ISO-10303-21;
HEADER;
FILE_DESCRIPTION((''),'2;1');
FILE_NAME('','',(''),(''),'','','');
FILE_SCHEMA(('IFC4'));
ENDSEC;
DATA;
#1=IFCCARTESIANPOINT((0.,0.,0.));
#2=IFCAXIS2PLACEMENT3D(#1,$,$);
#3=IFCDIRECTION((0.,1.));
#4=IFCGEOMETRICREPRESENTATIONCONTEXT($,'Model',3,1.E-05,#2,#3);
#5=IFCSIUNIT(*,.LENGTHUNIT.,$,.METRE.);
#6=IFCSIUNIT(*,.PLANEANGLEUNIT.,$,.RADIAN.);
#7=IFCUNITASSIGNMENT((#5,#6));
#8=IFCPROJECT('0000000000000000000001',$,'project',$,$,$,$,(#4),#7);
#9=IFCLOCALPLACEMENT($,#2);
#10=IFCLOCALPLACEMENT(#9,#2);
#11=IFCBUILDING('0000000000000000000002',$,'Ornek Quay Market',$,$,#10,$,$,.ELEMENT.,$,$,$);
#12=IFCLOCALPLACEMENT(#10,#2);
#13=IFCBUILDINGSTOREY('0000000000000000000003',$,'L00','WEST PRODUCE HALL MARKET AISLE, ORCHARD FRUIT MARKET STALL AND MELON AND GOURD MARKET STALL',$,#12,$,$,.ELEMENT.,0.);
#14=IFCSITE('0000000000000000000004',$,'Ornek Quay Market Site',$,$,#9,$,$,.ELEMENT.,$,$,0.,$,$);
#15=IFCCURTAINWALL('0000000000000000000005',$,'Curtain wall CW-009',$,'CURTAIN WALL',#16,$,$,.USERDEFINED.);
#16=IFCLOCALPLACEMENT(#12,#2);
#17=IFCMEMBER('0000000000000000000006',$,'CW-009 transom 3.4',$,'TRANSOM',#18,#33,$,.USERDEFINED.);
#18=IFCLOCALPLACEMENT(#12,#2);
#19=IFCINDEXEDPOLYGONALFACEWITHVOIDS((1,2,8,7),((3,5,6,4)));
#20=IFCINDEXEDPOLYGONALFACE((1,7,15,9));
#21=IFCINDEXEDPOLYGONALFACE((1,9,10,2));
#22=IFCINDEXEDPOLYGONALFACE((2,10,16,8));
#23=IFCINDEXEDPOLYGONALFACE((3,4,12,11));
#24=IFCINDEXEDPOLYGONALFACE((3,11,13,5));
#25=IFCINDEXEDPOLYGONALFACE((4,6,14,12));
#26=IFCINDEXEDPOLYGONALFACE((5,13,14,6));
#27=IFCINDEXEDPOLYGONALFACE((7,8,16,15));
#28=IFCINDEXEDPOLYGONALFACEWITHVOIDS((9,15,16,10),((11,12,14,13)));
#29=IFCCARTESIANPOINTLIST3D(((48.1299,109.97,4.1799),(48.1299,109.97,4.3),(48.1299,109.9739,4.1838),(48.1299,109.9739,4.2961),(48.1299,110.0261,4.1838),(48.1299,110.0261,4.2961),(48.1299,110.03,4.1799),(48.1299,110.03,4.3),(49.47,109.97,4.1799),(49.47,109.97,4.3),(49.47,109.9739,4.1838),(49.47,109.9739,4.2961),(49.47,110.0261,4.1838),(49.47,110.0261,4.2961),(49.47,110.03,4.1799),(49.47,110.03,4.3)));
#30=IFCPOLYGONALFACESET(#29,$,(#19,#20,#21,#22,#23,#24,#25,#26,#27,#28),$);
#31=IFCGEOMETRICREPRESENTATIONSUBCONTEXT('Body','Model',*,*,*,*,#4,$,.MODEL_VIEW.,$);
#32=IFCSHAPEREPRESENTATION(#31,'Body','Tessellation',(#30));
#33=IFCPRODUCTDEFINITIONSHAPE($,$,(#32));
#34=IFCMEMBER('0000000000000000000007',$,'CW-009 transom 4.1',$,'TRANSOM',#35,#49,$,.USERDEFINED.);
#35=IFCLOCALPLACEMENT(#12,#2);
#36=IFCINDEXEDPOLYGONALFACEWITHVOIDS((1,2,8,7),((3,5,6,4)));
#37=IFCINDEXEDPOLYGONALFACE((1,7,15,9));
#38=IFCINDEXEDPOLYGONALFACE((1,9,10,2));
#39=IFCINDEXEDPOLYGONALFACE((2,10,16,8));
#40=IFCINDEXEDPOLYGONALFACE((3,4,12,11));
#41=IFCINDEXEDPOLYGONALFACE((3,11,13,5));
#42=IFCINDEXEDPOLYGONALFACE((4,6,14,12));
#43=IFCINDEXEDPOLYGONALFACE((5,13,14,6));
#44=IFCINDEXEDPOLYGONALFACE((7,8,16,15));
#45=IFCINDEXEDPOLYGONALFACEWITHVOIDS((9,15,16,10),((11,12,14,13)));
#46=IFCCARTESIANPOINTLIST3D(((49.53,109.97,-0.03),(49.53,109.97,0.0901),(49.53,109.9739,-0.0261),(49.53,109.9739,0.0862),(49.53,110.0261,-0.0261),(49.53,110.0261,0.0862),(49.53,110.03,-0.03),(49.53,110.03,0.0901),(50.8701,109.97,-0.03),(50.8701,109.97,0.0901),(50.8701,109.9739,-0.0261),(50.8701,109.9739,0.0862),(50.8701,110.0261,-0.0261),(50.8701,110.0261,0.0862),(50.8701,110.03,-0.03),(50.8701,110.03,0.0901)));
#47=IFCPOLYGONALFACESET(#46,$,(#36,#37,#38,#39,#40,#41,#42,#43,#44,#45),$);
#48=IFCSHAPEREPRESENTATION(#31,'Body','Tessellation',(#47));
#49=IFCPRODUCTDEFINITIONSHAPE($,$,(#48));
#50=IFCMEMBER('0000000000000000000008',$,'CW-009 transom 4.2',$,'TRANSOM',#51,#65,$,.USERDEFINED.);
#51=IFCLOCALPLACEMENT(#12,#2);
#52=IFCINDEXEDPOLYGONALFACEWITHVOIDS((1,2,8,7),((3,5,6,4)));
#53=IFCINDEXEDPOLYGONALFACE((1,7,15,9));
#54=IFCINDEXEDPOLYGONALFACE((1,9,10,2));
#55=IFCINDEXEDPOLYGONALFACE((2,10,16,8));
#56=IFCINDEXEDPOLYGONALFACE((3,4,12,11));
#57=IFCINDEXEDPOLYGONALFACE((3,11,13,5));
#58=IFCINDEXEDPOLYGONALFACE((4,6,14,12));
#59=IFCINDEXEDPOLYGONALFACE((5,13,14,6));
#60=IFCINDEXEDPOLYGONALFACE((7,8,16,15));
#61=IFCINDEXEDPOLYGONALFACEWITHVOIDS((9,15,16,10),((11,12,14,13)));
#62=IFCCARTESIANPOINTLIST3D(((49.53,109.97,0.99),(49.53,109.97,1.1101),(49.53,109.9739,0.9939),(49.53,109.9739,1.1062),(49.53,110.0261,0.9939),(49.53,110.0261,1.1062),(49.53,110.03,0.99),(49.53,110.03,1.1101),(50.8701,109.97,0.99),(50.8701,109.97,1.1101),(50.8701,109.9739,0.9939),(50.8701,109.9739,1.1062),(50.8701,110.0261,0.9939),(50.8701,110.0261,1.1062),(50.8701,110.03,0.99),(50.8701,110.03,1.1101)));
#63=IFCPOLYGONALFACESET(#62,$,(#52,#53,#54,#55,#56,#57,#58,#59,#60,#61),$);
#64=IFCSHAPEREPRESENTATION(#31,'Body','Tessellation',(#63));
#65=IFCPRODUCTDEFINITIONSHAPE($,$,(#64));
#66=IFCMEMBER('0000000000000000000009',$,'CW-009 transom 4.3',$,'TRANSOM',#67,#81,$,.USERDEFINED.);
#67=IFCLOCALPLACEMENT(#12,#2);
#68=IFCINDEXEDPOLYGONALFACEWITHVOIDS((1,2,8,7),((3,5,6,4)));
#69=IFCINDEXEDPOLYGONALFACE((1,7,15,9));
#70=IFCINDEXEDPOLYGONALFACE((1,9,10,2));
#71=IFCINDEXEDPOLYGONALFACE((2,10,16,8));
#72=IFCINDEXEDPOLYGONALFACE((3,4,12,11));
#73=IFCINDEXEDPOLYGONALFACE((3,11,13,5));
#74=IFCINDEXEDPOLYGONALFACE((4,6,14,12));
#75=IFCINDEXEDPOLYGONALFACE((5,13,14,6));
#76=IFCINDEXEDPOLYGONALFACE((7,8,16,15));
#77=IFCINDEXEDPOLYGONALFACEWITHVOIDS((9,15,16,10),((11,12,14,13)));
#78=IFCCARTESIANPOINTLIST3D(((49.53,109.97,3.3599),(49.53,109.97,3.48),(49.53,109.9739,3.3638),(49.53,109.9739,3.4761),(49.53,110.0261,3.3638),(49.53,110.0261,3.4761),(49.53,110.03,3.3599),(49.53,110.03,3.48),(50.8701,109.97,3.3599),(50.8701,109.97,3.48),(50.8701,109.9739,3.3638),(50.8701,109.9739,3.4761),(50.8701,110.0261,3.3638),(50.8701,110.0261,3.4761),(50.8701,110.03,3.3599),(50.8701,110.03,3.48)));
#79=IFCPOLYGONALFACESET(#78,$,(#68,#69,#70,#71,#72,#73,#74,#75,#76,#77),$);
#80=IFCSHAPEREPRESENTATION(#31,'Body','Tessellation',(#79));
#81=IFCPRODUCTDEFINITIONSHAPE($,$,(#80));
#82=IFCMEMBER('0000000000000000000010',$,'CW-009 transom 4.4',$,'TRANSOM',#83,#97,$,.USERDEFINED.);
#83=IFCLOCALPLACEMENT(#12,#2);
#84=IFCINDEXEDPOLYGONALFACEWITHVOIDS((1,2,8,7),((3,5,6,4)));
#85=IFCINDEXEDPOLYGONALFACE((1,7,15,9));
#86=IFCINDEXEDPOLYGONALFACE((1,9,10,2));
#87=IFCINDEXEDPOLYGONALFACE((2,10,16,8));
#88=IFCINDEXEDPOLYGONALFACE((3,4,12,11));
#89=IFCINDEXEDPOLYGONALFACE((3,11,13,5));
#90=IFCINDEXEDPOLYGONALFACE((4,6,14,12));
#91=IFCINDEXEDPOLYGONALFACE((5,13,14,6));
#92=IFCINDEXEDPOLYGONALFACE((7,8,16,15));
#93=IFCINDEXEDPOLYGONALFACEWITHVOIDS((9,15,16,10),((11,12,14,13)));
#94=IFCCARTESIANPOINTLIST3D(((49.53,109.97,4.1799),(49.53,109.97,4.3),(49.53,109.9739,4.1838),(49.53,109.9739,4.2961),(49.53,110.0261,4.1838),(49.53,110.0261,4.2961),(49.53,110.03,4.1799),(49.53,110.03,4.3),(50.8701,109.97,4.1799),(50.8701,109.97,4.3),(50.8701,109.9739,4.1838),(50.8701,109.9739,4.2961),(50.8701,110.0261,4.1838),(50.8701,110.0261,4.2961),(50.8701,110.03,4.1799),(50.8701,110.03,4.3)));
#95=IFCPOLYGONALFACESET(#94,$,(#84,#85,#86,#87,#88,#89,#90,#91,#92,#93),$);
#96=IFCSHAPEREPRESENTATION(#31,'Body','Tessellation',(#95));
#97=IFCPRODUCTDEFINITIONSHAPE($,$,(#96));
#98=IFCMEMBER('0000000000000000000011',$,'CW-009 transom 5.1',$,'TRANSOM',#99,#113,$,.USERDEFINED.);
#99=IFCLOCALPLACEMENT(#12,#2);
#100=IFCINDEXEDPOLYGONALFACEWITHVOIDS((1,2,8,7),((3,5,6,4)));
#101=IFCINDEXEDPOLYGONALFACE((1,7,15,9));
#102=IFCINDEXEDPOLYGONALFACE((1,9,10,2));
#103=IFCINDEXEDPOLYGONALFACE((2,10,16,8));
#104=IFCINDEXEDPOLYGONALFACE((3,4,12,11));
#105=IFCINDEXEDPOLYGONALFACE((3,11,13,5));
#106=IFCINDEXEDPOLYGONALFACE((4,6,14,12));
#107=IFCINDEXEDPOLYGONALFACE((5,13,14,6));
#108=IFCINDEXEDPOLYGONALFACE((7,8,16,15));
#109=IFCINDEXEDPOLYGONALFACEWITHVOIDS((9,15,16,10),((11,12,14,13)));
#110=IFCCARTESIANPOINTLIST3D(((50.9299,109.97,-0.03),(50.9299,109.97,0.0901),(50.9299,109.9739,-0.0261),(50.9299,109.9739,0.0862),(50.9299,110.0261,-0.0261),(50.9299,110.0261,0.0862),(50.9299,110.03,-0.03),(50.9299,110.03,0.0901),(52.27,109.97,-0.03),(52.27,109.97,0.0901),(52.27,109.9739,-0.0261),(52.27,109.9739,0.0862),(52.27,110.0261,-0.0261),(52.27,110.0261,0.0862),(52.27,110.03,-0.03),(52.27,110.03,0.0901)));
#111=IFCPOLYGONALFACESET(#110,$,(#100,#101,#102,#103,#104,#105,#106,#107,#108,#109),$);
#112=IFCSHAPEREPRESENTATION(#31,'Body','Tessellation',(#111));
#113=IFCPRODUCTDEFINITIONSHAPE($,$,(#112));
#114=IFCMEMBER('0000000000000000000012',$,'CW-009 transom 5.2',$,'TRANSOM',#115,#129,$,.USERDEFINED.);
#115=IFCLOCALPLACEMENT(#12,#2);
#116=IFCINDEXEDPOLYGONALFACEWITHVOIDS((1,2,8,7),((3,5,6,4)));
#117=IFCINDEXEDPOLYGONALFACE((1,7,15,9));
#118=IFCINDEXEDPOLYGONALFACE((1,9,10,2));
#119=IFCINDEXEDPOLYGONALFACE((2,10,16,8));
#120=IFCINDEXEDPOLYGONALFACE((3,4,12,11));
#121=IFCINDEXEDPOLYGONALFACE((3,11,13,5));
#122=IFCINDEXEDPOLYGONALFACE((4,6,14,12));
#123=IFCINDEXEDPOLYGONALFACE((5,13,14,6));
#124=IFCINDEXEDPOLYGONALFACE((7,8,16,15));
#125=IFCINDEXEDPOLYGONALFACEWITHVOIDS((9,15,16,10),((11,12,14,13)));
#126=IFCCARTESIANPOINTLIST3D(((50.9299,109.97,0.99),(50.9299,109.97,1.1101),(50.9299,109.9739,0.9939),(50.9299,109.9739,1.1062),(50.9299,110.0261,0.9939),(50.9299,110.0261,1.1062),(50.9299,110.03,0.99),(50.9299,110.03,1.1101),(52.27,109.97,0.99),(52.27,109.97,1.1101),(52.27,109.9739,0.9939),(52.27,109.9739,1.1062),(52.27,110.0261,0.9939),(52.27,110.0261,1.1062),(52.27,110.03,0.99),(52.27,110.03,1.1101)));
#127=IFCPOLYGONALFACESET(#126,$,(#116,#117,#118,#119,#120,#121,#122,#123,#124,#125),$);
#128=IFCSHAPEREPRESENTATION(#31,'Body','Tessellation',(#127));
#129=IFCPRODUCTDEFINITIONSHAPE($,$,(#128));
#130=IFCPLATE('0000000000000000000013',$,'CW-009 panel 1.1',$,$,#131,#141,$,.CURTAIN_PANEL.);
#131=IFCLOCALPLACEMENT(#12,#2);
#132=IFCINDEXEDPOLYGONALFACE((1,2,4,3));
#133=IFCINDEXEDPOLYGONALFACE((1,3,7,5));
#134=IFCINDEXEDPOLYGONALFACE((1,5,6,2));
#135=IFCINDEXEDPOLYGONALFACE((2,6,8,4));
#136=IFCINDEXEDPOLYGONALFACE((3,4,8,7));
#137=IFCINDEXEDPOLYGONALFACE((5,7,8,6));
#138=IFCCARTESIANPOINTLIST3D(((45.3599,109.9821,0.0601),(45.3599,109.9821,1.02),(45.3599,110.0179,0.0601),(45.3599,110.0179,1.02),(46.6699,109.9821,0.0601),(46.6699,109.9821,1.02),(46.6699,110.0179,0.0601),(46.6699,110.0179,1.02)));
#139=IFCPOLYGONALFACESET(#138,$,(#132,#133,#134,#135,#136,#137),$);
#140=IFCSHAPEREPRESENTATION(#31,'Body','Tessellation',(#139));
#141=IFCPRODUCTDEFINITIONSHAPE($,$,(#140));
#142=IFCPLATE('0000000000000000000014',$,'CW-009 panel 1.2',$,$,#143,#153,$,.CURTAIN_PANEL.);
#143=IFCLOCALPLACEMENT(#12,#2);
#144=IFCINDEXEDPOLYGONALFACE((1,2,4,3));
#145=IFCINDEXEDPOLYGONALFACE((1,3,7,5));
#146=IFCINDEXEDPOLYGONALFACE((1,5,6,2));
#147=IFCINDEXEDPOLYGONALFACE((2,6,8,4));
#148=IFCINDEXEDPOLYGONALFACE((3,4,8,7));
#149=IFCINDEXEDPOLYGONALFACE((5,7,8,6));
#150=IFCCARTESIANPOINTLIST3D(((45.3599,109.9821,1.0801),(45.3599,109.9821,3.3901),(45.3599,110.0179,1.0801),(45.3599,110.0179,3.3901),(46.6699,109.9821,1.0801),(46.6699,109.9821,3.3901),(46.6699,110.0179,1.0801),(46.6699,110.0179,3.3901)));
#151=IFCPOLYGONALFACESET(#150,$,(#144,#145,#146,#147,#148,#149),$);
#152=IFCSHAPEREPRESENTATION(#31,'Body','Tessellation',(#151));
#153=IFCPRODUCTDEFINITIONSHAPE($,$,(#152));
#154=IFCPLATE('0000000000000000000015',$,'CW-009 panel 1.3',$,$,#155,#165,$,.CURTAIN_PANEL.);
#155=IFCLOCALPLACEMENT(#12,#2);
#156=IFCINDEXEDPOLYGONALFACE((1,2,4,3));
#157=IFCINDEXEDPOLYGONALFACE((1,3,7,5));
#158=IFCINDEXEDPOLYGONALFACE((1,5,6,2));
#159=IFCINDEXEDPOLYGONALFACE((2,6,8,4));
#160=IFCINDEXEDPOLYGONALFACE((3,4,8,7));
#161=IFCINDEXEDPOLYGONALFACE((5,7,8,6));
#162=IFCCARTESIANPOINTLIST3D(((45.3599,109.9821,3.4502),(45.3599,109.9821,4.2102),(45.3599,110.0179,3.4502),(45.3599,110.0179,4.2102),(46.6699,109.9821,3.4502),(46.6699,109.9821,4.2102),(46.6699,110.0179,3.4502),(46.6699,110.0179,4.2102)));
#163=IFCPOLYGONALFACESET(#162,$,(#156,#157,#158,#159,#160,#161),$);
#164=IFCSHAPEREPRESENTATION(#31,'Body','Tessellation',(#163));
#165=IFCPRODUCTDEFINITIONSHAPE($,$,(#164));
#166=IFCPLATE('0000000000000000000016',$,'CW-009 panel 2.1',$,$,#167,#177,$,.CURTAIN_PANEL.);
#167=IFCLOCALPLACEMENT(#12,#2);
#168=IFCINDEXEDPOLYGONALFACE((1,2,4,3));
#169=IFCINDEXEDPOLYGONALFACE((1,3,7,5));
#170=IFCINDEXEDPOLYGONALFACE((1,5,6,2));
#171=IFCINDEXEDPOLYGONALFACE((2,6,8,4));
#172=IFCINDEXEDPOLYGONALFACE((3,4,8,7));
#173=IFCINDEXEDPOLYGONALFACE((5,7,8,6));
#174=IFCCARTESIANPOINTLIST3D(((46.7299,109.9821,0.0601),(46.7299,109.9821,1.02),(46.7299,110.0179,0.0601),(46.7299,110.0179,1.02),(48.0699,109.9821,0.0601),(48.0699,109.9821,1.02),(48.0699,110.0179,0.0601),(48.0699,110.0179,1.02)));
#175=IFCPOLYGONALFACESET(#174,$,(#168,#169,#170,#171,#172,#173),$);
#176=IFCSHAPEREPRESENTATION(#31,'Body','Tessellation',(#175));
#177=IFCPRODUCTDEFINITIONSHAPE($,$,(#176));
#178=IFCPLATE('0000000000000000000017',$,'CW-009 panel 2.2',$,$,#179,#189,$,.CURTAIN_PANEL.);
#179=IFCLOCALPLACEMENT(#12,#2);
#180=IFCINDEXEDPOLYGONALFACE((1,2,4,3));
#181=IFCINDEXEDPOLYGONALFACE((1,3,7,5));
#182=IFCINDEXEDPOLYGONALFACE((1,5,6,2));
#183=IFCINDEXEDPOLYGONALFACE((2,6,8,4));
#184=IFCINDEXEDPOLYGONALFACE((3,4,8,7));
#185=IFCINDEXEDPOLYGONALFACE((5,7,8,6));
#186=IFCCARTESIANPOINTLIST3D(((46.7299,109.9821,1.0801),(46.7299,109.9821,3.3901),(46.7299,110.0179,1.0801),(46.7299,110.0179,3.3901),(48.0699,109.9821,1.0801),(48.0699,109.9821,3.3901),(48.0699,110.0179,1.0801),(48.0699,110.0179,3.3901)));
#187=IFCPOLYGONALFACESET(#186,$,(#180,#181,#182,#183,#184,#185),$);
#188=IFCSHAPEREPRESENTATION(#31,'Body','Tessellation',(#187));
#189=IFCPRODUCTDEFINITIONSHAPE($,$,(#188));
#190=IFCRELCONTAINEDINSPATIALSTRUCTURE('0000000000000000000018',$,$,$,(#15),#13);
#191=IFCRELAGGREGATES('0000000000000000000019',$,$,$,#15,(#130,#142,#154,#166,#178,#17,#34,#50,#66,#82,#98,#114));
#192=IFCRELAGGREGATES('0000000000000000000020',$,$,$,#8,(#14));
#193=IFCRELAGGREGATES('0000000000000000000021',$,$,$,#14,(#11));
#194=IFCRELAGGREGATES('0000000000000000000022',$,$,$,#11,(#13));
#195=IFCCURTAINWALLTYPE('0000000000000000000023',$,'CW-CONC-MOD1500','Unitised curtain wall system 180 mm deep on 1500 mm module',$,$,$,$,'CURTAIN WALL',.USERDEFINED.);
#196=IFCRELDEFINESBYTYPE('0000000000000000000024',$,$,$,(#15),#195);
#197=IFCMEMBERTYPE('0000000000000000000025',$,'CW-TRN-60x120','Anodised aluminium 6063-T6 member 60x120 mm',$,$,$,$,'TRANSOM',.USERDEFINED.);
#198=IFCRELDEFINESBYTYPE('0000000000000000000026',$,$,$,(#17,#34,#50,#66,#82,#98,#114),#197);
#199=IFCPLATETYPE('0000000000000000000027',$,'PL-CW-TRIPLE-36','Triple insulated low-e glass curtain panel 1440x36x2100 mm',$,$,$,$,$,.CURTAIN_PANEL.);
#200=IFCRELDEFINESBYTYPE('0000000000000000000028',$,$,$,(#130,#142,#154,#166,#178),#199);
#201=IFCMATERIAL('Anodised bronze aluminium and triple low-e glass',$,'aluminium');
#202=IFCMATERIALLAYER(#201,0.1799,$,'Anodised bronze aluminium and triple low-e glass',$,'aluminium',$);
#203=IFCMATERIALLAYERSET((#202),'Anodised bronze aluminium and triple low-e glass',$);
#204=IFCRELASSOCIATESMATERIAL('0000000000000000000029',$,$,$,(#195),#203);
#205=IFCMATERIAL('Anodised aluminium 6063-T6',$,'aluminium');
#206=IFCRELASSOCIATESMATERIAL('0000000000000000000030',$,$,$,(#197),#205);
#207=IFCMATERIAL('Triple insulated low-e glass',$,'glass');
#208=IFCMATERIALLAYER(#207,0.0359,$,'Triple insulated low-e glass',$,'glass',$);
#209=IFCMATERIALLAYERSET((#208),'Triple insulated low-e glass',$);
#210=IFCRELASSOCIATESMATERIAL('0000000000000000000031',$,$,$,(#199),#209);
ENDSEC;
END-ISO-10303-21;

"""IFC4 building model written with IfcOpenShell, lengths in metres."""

from ifc_helpers import new_model, si_unit, direction, frame, origin, origin_2d, place, context, subcontext, project, spatial, rectangle, hollow_rectangle, extrude, material, layer, layer_set, material_profile, profile_set, type_object, element, aggregate, save


model = new_model("IFC4")

# Units and contexts
model_context = context("Model", 3, precision=1e-05, world=origin(), true_north=direction((0.0, 1.0)))
body_context = subcontext(model_context, "Body", "Model", "MODEL_VIEW")
ifc_project = project(units=[si_unit("LENGTHUNIT", "METRE"), si_unit("PLANEANGLEUNIT", "RADIAN")], contexts=[model_context])

# Site, building, storey
site_placement = place(None, origin())
site = spatial("IfcSite", under=ifc_project, at=site_placement, Name="Ornek Quay Market Site", CompositionType="ELEMENT", RefElevation=0.0)
building_placement = place(site_placement, origin())
building = spatial("IfcBuilding", under=site, at=building_placement, Name="Ornek Quay Market", CompositionType="ELEMENT")
storey_placement = place(building_placement, origin())
storey = spatial("IfcBuildingStorey", under=building, at=storey_placement, Name="L00", Description="WEST PRODUCE HALL MARKET AISLE, ORCHARD FRUIT MARKET STALL AND MELON AND GOURD MARKET STALL", CompositionType="ELEMENT", Elevation=0.0)

# Curtain wall, members, plates
ifc_material_1 = material(Name="Anodised bronze aluminium and triple low-e glass", Category="aluminium")
ifc_layer_1 = layer(ifc_material_1, 0.1799, Name="Anodised bronze aluminium and triple low-e glass", Category="aluminium")
ifc_layer_set_1 = layer_set([ifc_layer_1], Name="Anodised bronze aluminium and triple low-e glass")
curtain_wall_type = type_object("IfcCurtainWallType", Name="CW-CONC-MOD1500", Description="Unitised curtain wall system 180 mm deep on 1500 mm module", ElementType="CURTAIN WALL", PredefinedType="USERDEFINED", material=ifc_layer_set_1)
curtain_wall_placement = place(storey_placement, origin())
curtain_wall = element("IfcCurtainWall", 1, at=curtain_wall_placement, inside=storey, type_object=curtain_wall_type, Name="Curtain wall CW-009", ObjectType="CURTAIN WALL", PredefinedType="USERDEFINED")
ifc_material_2 = material(Name="Anodised aluminium 6063-T6", Category="aluminium")
ifc_material_profile_1 = material_profile(ifc_material_2, hollow_rectangle(XDim=0.0601, YDim=0.1201, WallThickness=0.0039, at=origin_2d()), Name="CW-TRN-60x120", Category="aluminium")
ifc_profile_set_1 = profile_set([ifc_material_profile_1], Name="Anodised aluminium 6063-T6")
member_type_1 = type_object("IfcMemberType", Name="CW-TRN-60x120", Description="Anodised aluminium 6063-T6 member 60x120 mm", ElementType="TRANSOM", PredefinedType="USERDEFINED", material=ifc_profile_set_1)
member_1_placement = place(storey_placement, frame((48.1299, 110.0, 4.24), z_axis=(1.0, 0.0, 0.0), x_axis=(0.0, 1.0, 0.0)))
member_1 = element("IfcMember", 2, at=member_1_placement, type_object=member_type_1, Name="CW-009 transom 3.4", ObjectType="TRANSOM", PredefinedType="USERDEFINED", context=body_context, shape_type="SweptSolid", body=[
    extrude(hollow_rectangle(XDim=0.0601, YDim=0.1201, WallThickness=0.0039, at=origin_2d()), origin(), (0.0, 0.0, 1.0), 1.3401),
])
member_2_placement = place(storey_placement, frame((49.53, 110.0, 0.03), z_axis=(1.0, 0.0, 0.0), x_axis=(0.0, 1.0, 0.0)))
member_2 = element("IfcMember", 3, at=member_2_placement, type_object=member_type_1, Name="CW-009 transom 4.1", ObjectType="TRANSOM", PredefinedType="USERDEFINED", context=body_context, shape_type="SweptSolid", body=[
    extrude(hollow_rectangle(XDim=0.0601, YDim=0.1201, WallThickness=0.0039, at=origin_2d()), origin(), (0.0, 0.0, 1.0), 1.3401),
])
member_3_placement = place(storey_placement, frame((49.53, 110.0, 1.05), z_axis=(1.0, 0.0, 0.0), x_axis=(0.0, 1.0, 0.0)))
member_3 = element("IfcMember", 4, at=member_3_placement, type_object=member_type_1, Name="CW-009 transom 4.2", ObjectType="TRANSOM", PredefinedType="USERDEFINED", context=body_context, shape_type="SweptSolid", body=[
    extrude(hollow_rectangle(XDim=0.0601, YDim=0.1201, WallThickness=0.0039, at=origin_2d()), origin(), (0.0, 0.0, 1.0), 1.3401),
])
member_4_placement = place(storey_placement, frame((49.53, 110.0, 3.4199), z_axis=(1.0, 0.0, 0.0), x_axis=(0.0, 1.0, 0.0)))
member_4 = element("IfcMember", 5, at=member_4_placement, type_object=member_type_1, Name="CW-009 transom 4.3", ObjectType="TRANSOM", PredefinedType="USERDEFINED", context=body_context, shape_type="SweptSolid", body=[
    extrude(hollow_rectangle(XDim=0.0601, YDim=0.1201, WallThickness=0.0039, at=origin_2d()), origin(), (0.0, 0.0, 1.0), 1.3401),
])
member_5_placement = place(storey_placement, frame((49.53, 110.0, 4.24), z_axis=(1.0, 0.0, 0.0), x_axis=(0.0, 1.0, 0.0)))
member_5 = element("IfcMember", 6, at=member_5_placement, type_object=member_type_1, Name="CW-009 transom 4.4", ObjectType="TRANSOM", PredefinedType="USERDEFINED", context=body_context, shape_type="SweptSolid", body=[
    extrude(hollow_rectangle(XDim=0.0601, YDim=0.1201, WallThickness=0.0039, at=origin_2d()), origin(), (0.0, 0.0, 1.0), 1.3401),
])
member_6_placement = place(storey_placement, frame((50.9299, 110.0, 0.03), z_axis=(1.0, 0.0, 0.0), x_axis=(0.0, 1.0, 0.0)))
member_6 = element("IfcMember", 7, at=member_6_placement, type_object=member_type_1, Name="CW-009 transom 5.1", ObjectType="TRANSOM", PredefinedType="USERDEFINED", context=body_context, shape_type="SweptSolid", body=[
    extrude(hollow_rectangle(XDim=0.0601, YDim=0.1201, WallThickness=0.0039, at=origin_2d()), origin(), (0.0, 0.0, 1.0), 1.3401),
])
member_7_placement = place(storey_placement, frame((50.9299, 110.0, 1.05), z_axis=(1.0, 0.0, 0.0), x_axis=(0.0, 1.0, 0.0)))
member_7 = element("IfcMember", 8, at=member_7_placement, type_object=member_type_1, Name="CW-009 transom 5.2", ObjectType="TRANSOM", PredefinedType="USERDEFINED", context=body_context, shape_type="SweptSolid", body=[
    extrude(hollow_rectangle(XDim=0.0601, YDim=0.1201, WallThickness=0.0039, at=origin_2d()), origin(), (0.0, 0.0, 1.0), 1.3401),
])
ifc_material_3 = material(Name="Triple insulated low-e glass", Category="glass")
ifc_layer_2 = layer(ifc_material_3, 0.0359, Name="Triple insulated low-e glass", Category="glass")
ifc_layer_set_2 = layer_set([ifc_layer_2], Name="Triple insulated low-e glass")
plate_type = type_object("IfcPlateType", Name="PL-CW-TRIPLE-36", Description="Triple insulated low-e glass curtain panel 1440x36x2100 mm", PredefinedType="CURTAIN_PANEL", material=ifc_layer_set_2)
plate_1_placement = place(storey_placement, frame((46.0149, 110.0, 0.0601), z_axis=(0.0, 0.0, 1.0), x_axis=(1.0, 0.0, 0.0)))
plate_1 = element("IfcPlate", 9, at=plate_1_placement, type_object=plate_type, Name="CW-009 panel 1.1", PredefinedType="CURTAIN_PANEL", context=body_context, shape_type="SweptSolid", body=[
    extrude(rectangle(XDim=1.3101, YDim=0.0359, at=origin_2d()), origin(), (0.0, 0.0, 1.0), 0.96),
])
plate_2_placement = place(storey_placement, frame((46.0149, 110.0, 1.0801), z_axis=(0.0, 0.0, 1.0), x_axis=(1.0, 0.0, 0.0)))
plate_2 = element("IfcPlate", 10, at=plate_2_placement, type_object=plate_type, Name="CW-009 panel 1.2", PredefinedType="CURTAIN_PANEL", context=body_context, shape_type="SweptSolid", body=[
    extrude(rectangle(XDim=1.3101, YDim=0.0359, at=origin_2d()), origin(), (0.0, 0.0, 1.0), 2.3101),
])
plate_3_placement = place(storey_placement, frame((46.0149, 110.0, 3.4502), z_axis=(0.0, 0.0, 1.0), x_axis=(1.0, 0.0, 0.0)))
plate_3 = element("IfcPlate", 11, at=plate_3_placement, type_object=plate_type, Name="CW-009 panel 1.3", PredefinedType="CURTAIN_PANEL", context=body_context, shape_type="SweptSolid", body=[
    extrude(rectangle(XDim=1.3101, YDim=0.0359, at=origin_2d()), origin(), (0.0, 0.0, 1.0), 0.76),
])
plate_4_placement = place(storey_placement, frame((47.3999, 110.0, 0.0601), z_axis=(0.0, 0.0, 1.0), x_axis=(1.0, 0.0, 0.0)))
plate_4 = element("IfcPlate", 12, at=plate_4_placement, type_object=plate_type, Name="CW-009 panel 2.1", PredefinedType="CURTAIN_PANEL", context=body_context, shape_type="SweptSolid", body=[
    extrude(rectangle(XDim=1.3401, YDim=0.0359, at=origin_2d()), origin(), (0.0, 0.0, 1.0), 0.96),
])
plate_5_placement = place(storey_placement, frame((47.3999, 110.0, 1.0801), z_axis=(0.0, 0.0, 1.0), x_axis=(1.0, 0.0, 0.0)))
plate_5 = element("IfcPlate", 13, at=plate_5_placement, type_object=plate_type, Name="CW-009 panel 2.2", PredefinedType="CURTAIN_PANEL", context=body_context, shape_type="SweptSolid", body=[
    extrude(rectangle(XDim=1.3401, YDim=0.0359, at=origin_2d()), origin(), (0.0, 0.0, 1.0), 2.3101),
])
aggregate(curtain_wall, [plate_1, plate_2, plate_3, plate_4, plate_5, member_1, member_2, member_3, member_4, member_5, member_6, member_7])

save(model, "model.ifc")
